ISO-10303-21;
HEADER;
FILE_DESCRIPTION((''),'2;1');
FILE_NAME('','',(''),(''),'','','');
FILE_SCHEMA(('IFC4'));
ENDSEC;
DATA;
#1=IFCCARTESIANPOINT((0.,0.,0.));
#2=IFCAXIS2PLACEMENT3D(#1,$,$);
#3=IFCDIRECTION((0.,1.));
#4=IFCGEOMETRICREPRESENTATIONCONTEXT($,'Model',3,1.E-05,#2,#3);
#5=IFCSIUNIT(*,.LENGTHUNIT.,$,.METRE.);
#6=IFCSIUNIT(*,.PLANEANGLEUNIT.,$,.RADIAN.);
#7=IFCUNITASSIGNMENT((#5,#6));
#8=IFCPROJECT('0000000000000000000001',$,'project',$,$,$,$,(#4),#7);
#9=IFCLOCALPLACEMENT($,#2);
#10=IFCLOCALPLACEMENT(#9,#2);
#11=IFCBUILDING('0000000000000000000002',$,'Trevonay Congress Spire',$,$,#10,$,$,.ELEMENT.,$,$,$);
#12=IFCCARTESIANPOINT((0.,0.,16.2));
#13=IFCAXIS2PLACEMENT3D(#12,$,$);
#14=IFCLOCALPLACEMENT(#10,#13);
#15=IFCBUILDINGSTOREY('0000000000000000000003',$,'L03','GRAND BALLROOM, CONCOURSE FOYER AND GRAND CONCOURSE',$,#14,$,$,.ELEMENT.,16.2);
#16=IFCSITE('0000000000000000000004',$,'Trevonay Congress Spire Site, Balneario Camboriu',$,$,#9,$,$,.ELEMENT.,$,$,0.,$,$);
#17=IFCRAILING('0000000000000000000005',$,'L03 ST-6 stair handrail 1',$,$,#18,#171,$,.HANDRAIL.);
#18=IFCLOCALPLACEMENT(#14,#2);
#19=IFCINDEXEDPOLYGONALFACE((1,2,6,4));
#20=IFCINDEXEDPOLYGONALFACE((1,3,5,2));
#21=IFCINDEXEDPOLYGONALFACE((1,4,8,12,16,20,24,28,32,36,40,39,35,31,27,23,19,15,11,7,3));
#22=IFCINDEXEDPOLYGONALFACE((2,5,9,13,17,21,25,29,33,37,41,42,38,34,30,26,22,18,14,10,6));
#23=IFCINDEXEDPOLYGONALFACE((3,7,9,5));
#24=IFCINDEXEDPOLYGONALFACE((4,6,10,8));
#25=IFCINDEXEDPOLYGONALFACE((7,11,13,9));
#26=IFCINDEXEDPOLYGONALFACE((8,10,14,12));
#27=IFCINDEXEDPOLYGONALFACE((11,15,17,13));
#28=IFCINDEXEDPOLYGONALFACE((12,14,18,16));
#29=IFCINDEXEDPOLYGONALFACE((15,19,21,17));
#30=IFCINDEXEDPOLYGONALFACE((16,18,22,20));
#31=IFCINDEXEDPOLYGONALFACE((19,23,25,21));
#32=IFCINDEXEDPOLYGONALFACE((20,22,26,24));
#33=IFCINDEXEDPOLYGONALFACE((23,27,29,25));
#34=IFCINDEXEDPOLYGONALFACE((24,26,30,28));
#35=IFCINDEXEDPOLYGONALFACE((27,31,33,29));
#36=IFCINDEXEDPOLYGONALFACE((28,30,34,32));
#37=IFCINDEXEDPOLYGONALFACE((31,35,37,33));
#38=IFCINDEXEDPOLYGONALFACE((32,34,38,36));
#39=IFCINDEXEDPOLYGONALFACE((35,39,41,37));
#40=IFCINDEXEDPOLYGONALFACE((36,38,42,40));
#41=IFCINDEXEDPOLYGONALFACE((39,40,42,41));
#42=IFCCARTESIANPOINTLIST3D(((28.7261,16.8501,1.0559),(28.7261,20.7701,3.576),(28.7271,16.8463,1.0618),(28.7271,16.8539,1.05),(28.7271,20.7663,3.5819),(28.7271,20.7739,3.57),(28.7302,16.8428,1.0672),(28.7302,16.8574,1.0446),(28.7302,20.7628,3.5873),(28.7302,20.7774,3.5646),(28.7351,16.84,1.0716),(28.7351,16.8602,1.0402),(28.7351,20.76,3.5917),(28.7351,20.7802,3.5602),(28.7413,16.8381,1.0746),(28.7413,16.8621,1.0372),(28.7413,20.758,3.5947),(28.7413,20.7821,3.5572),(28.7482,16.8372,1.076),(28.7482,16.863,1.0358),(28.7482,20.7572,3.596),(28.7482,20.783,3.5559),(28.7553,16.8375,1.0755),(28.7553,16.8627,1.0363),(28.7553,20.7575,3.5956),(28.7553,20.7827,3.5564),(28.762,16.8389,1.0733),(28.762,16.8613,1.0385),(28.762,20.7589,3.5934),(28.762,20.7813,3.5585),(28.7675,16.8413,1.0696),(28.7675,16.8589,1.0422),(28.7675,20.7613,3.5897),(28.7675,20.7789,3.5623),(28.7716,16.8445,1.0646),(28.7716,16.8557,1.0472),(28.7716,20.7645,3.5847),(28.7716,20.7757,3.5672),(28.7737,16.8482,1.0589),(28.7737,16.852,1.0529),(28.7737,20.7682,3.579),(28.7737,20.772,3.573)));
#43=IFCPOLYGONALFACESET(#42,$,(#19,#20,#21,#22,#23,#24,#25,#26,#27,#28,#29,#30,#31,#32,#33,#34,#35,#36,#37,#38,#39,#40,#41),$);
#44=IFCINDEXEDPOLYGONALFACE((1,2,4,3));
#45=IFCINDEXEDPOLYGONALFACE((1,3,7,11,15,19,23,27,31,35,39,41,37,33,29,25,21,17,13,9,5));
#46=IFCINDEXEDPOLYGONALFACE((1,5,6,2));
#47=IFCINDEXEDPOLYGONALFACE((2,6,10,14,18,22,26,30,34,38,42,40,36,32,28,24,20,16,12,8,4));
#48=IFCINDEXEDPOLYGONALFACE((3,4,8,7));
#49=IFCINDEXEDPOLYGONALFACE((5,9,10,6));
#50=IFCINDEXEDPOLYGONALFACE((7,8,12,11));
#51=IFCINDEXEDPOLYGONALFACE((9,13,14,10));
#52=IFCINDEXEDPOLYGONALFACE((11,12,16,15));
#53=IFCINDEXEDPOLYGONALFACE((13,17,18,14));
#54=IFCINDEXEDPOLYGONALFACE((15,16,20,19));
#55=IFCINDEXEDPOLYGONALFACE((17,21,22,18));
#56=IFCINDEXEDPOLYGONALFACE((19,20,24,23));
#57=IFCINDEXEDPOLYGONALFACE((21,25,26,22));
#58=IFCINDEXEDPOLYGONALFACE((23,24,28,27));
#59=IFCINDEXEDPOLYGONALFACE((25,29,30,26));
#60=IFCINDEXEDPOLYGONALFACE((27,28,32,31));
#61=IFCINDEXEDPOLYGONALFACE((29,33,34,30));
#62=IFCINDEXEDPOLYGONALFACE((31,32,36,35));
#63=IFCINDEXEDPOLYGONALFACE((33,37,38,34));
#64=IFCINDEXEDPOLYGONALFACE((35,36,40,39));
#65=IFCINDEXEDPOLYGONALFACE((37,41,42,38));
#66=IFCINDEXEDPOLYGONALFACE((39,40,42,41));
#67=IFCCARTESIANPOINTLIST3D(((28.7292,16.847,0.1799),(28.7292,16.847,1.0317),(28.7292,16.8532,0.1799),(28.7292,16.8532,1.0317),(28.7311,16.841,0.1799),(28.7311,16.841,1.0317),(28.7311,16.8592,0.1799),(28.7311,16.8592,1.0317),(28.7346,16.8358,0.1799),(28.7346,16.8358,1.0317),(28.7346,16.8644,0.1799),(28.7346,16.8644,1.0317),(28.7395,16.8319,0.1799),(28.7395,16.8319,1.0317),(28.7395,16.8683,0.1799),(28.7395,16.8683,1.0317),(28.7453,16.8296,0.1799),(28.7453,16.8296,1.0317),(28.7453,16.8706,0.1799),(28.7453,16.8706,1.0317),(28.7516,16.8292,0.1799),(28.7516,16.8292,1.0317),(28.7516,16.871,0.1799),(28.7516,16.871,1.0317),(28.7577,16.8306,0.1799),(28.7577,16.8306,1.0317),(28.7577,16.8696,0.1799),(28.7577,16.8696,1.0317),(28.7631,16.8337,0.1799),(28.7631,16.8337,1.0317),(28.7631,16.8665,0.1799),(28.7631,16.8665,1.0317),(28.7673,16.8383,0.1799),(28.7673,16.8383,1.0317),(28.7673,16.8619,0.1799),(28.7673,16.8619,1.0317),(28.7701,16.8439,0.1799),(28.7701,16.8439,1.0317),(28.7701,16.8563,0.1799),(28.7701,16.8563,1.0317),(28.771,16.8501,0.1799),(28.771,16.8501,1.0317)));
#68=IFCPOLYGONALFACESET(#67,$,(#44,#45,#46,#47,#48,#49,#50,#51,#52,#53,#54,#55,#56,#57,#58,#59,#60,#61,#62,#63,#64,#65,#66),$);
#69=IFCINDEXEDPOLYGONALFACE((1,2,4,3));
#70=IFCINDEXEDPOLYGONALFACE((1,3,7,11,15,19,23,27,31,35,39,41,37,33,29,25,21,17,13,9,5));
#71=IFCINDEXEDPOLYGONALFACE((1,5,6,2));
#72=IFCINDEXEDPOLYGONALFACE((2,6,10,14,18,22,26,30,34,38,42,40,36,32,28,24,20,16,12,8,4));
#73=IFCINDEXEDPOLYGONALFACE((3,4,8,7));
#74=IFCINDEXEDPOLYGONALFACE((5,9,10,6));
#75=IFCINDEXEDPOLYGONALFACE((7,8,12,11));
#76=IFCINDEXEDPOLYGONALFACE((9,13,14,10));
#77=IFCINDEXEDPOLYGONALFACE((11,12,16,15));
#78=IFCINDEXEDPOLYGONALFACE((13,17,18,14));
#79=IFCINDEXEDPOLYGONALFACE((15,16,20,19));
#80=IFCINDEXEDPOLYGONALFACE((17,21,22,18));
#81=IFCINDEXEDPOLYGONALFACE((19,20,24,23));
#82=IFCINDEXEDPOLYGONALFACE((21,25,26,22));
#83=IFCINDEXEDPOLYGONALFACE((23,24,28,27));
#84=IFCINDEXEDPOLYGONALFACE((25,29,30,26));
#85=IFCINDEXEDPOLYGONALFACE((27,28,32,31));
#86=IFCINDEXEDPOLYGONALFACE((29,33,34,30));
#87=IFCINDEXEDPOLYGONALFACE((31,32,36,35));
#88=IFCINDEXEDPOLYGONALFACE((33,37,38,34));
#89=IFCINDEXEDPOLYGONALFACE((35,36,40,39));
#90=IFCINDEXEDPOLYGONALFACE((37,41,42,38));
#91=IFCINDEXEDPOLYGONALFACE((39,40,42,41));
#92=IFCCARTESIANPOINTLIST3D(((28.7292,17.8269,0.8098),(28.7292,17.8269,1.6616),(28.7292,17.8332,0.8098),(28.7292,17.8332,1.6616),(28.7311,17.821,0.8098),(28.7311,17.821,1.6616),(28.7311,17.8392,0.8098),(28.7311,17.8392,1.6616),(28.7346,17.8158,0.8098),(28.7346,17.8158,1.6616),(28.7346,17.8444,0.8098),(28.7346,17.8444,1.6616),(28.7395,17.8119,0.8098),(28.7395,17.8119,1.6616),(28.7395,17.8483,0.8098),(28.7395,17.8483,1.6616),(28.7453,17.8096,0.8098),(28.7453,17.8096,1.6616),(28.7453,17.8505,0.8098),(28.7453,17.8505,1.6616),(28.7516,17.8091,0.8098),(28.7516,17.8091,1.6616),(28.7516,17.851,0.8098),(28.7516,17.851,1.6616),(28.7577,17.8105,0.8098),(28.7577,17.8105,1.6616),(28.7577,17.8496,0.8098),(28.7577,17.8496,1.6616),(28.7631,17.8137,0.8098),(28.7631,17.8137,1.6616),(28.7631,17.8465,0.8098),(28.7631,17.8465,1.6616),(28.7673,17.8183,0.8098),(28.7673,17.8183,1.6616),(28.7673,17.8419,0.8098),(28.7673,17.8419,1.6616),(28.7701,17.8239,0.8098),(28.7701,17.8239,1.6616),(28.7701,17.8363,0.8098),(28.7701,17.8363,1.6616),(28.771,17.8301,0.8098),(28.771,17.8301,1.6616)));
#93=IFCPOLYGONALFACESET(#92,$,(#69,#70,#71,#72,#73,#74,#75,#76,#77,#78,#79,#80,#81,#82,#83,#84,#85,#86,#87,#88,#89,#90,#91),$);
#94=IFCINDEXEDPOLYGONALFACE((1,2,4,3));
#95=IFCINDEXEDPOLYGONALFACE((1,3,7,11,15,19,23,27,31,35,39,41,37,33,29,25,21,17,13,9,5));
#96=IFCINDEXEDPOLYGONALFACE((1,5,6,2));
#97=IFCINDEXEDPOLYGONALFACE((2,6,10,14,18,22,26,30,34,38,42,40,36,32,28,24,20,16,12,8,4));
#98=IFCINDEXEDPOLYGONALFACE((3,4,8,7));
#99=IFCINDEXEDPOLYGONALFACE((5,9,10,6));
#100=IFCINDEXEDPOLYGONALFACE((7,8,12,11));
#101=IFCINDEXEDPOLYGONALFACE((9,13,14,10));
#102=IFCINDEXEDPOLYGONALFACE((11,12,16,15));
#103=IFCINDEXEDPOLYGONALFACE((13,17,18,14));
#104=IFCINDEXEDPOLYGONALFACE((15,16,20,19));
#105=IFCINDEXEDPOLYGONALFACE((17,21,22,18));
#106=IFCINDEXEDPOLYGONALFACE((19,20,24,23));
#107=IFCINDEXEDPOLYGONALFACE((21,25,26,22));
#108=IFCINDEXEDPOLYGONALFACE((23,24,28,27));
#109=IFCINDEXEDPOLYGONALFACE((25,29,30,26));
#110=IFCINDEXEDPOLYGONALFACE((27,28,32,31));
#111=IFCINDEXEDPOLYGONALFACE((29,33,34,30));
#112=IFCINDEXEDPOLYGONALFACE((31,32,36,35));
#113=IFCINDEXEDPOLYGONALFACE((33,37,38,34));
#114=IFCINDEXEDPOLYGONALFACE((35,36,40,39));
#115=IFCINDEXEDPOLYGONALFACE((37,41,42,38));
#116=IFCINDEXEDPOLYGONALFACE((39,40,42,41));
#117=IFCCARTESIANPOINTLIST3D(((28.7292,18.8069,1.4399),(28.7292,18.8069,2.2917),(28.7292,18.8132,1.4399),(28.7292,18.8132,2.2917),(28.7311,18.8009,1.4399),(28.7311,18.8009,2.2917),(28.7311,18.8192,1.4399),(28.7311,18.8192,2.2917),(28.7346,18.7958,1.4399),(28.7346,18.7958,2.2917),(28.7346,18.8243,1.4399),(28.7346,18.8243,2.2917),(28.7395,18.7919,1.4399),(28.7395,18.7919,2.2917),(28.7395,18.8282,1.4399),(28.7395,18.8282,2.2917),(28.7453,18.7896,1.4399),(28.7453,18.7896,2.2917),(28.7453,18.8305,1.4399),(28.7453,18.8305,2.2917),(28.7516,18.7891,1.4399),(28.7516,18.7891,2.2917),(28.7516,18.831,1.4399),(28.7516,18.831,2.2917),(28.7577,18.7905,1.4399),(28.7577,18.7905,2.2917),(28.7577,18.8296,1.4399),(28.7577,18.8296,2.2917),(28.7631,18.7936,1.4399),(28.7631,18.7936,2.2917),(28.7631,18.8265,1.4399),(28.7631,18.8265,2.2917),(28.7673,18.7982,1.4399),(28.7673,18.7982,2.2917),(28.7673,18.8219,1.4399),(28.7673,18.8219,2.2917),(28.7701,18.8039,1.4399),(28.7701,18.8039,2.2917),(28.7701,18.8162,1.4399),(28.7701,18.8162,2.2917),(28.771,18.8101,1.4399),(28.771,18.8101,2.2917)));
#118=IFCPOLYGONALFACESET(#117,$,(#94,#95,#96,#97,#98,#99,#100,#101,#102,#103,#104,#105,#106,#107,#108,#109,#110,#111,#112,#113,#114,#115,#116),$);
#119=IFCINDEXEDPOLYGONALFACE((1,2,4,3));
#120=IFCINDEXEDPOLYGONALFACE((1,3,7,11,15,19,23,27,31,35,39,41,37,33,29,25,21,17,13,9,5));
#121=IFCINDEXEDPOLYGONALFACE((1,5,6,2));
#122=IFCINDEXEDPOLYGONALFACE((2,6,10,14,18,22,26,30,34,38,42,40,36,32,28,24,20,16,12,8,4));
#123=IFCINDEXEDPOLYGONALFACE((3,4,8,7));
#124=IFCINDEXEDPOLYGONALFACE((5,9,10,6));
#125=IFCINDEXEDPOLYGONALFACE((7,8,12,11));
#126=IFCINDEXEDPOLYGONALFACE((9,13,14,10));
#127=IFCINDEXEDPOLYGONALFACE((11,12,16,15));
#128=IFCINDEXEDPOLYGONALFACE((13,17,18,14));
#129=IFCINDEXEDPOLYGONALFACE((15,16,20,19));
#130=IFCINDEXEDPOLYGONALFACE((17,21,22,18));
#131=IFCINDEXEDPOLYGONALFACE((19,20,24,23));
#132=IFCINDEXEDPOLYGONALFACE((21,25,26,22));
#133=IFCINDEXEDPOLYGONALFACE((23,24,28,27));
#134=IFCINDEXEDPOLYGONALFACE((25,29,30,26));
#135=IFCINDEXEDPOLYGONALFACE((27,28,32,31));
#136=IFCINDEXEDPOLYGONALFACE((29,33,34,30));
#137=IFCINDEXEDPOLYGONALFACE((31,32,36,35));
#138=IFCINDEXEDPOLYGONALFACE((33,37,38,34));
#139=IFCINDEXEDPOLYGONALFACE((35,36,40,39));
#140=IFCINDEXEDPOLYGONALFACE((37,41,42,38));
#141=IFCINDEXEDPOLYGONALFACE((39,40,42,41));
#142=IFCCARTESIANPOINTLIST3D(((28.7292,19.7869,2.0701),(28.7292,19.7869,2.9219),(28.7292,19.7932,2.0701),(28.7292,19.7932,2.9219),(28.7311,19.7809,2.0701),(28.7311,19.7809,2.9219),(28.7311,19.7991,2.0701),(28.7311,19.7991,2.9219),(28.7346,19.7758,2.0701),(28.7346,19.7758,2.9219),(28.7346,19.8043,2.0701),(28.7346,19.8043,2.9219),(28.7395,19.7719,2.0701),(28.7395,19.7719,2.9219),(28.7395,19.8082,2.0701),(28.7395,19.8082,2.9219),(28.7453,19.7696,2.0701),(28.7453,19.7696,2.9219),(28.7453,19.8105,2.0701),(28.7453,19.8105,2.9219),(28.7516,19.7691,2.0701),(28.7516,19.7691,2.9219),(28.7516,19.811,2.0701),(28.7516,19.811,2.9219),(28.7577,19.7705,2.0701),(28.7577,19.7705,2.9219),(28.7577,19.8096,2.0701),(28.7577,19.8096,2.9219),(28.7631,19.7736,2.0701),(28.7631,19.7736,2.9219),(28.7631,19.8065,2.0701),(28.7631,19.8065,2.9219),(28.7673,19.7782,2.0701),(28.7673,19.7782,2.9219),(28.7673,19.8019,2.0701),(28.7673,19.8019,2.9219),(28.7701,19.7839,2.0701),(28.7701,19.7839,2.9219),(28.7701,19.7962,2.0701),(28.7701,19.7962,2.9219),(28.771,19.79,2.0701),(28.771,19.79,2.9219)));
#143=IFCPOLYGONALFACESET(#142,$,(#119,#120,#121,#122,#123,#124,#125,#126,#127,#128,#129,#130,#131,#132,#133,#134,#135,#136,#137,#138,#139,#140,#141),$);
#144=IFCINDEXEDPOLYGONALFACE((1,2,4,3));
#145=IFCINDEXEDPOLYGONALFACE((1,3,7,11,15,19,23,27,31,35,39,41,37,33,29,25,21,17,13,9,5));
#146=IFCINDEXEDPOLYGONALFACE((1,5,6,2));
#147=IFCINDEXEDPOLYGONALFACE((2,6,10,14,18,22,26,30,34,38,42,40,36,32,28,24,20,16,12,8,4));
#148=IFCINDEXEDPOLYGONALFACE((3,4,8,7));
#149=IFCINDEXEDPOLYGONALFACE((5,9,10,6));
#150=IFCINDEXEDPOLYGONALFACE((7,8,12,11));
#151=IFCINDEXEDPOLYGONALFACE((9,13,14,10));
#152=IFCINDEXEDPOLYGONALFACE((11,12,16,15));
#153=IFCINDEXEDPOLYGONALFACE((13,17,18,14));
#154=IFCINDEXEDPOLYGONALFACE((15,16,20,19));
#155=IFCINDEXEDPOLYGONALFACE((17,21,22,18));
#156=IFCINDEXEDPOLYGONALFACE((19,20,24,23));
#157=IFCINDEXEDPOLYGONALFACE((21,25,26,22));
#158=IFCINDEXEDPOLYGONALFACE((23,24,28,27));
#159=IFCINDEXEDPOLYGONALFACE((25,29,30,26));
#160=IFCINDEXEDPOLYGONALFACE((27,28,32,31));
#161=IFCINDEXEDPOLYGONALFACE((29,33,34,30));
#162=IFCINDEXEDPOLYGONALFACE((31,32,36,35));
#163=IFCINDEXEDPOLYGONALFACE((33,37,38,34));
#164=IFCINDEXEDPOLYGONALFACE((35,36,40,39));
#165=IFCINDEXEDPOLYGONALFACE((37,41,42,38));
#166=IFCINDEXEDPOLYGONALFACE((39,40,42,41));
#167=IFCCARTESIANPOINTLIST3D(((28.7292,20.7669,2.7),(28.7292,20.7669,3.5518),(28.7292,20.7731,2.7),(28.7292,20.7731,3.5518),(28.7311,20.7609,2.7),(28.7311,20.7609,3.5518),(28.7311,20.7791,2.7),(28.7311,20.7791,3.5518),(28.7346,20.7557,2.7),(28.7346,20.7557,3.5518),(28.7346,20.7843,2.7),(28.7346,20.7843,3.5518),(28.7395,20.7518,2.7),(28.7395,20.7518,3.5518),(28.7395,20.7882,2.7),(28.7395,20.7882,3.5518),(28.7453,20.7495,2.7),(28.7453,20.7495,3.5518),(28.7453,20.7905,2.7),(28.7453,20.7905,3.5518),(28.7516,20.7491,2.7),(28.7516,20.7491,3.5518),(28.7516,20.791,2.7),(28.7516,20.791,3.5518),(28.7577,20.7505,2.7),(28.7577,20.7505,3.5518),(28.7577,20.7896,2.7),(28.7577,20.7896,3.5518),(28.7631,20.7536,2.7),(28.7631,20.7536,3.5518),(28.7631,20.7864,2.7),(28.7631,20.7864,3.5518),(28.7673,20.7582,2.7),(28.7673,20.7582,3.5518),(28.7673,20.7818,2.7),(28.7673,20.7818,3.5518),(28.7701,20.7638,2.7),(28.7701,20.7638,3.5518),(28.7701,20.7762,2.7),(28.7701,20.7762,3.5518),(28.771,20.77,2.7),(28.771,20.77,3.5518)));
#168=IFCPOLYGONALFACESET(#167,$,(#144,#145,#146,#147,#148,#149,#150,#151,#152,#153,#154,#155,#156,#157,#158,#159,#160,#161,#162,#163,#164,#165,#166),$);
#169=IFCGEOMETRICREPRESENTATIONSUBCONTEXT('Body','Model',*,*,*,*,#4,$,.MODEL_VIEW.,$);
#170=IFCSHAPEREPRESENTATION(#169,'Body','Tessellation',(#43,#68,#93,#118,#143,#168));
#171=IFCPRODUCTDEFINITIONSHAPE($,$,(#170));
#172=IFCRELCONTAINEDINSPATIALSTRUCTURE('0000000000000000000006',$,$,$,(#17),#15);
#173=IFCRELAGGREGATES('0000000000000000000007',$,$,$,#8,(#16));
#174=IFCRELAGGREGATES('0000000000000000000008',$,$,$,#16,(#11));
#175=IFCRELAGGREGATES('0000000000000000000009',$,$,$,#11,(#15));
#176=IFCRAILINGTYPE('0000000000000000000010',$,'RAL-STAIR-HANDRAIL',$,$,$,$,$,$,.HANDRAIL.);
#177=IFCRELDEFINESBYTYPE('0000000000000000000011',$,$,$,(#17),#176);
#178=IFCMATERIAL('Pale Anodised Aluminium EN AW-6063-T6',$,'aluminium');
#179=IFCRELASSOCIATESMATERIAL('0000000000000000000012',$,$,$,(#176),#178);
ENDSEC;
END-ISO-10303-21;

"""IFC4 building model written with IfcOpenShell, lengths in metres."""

from ifc_helpers import new_model, si_unit, direction, frame, origin, origin_2d, place, context, subcontext, project, spatial, circle, extrude, material, type_object, element, save


model = new_model("IFC4")

# Units and contexts
model_context = context("Model", 3, precision=1e-05, world=origin(), true_north=direction((0.0, 1.0)))
body_context = subcontext(model_context, "Body", "Model", "MODEL_VIEW")
ifc_project = project(units=[si_unit("LENGTHUNIT", "METRE"), si_unit("PLANEANGLEUNIT", "RADIAN")], contexts=[model_context])

# Site, building, storey
site_placement = place(None, origin())
site = spatial("IfcSite", under=ifc_project, at=site_placement, Name="Trevonay Congress Spire Site, Balneario Camboriu", CompositionType="ELEMENT", RefElevation=0.0)
building_placement = place(site_placement, origin())
building = spatial("IfcBuilding", under=site, at=building_placement, Name="Trevonay Congress Spire", CompositionType="ELEMENT")
storey_placement = place(building_placement, frame((0.0, 0.0, 16.2)))
storey = spatial("IfcBuildingStorey", under=building, at=storey_placement, Name="L03", Description="GRAND BALLROOM, CONCOURSE FOYER AND GRAND CONCOURSE", CompositionType="ELEMENT", Elevation=16.2)

# Shared definitions
ifc_material_1 = material(Name="Pale Anodised Aluminium EN AW-6063-T6", Category="aluminium")

# Railing
railing_type_1 = type_object("IfcRailingType", Name="RAL-STAIR-HANDRAIL", PredefinedType="HANDRAIL", material=ifc_material_1)
railing_1_placement = place(storey_placement, frame((28.75, 16.8501, 0.1799)))
element("IfcRailing", 1, at=railing_1_placement, inside=storey, type_object=railing_type_1, Name="L03 ST-6 stair handrail 1", PredefinedType="HANDRAIL", context=body_context, shape_type="SweptSolid", body=[
    extrude(circle(Radius=0.0239, at=origin_2d()), frame((0.0, 0.0, 0.876), z_axis=(0.0, 0.841172, 0.540768), x_axis=(-1.0, 0.0, 0.0)), (0.0, 0.0, 1.0), 4.6602),
    extrude(circle(Radius=0.021, at=origin_2d()), origin(), (0.0, 0.0, 1.0), 0.8518),
    extrude(circle(Radius=0.021, at=origin_2d()), frame((0.0, 0.98, 0.6299)), (0.0, 0.0, 1.0), 0.8518),
    extrude(circle(Radius=0.021, at=origin_2d()), frame((0.0, 1.96, 1.26)), (0.0, 0.0, 1.0), 0.8518),
    extrude(circle(Radius=0.021, at=origin_2d()), frame((0.0, 2.9399, 1.8901)), (0.0, 0.0, 1.0), 0.8518),
    extrude(circle(Radius=0.021, at=origin_2d()), frame((0.0, 3.9199, 2.52)), (0.0, 0.0, 1.0), 0.8518),
])

save(model, "model.ifc")
